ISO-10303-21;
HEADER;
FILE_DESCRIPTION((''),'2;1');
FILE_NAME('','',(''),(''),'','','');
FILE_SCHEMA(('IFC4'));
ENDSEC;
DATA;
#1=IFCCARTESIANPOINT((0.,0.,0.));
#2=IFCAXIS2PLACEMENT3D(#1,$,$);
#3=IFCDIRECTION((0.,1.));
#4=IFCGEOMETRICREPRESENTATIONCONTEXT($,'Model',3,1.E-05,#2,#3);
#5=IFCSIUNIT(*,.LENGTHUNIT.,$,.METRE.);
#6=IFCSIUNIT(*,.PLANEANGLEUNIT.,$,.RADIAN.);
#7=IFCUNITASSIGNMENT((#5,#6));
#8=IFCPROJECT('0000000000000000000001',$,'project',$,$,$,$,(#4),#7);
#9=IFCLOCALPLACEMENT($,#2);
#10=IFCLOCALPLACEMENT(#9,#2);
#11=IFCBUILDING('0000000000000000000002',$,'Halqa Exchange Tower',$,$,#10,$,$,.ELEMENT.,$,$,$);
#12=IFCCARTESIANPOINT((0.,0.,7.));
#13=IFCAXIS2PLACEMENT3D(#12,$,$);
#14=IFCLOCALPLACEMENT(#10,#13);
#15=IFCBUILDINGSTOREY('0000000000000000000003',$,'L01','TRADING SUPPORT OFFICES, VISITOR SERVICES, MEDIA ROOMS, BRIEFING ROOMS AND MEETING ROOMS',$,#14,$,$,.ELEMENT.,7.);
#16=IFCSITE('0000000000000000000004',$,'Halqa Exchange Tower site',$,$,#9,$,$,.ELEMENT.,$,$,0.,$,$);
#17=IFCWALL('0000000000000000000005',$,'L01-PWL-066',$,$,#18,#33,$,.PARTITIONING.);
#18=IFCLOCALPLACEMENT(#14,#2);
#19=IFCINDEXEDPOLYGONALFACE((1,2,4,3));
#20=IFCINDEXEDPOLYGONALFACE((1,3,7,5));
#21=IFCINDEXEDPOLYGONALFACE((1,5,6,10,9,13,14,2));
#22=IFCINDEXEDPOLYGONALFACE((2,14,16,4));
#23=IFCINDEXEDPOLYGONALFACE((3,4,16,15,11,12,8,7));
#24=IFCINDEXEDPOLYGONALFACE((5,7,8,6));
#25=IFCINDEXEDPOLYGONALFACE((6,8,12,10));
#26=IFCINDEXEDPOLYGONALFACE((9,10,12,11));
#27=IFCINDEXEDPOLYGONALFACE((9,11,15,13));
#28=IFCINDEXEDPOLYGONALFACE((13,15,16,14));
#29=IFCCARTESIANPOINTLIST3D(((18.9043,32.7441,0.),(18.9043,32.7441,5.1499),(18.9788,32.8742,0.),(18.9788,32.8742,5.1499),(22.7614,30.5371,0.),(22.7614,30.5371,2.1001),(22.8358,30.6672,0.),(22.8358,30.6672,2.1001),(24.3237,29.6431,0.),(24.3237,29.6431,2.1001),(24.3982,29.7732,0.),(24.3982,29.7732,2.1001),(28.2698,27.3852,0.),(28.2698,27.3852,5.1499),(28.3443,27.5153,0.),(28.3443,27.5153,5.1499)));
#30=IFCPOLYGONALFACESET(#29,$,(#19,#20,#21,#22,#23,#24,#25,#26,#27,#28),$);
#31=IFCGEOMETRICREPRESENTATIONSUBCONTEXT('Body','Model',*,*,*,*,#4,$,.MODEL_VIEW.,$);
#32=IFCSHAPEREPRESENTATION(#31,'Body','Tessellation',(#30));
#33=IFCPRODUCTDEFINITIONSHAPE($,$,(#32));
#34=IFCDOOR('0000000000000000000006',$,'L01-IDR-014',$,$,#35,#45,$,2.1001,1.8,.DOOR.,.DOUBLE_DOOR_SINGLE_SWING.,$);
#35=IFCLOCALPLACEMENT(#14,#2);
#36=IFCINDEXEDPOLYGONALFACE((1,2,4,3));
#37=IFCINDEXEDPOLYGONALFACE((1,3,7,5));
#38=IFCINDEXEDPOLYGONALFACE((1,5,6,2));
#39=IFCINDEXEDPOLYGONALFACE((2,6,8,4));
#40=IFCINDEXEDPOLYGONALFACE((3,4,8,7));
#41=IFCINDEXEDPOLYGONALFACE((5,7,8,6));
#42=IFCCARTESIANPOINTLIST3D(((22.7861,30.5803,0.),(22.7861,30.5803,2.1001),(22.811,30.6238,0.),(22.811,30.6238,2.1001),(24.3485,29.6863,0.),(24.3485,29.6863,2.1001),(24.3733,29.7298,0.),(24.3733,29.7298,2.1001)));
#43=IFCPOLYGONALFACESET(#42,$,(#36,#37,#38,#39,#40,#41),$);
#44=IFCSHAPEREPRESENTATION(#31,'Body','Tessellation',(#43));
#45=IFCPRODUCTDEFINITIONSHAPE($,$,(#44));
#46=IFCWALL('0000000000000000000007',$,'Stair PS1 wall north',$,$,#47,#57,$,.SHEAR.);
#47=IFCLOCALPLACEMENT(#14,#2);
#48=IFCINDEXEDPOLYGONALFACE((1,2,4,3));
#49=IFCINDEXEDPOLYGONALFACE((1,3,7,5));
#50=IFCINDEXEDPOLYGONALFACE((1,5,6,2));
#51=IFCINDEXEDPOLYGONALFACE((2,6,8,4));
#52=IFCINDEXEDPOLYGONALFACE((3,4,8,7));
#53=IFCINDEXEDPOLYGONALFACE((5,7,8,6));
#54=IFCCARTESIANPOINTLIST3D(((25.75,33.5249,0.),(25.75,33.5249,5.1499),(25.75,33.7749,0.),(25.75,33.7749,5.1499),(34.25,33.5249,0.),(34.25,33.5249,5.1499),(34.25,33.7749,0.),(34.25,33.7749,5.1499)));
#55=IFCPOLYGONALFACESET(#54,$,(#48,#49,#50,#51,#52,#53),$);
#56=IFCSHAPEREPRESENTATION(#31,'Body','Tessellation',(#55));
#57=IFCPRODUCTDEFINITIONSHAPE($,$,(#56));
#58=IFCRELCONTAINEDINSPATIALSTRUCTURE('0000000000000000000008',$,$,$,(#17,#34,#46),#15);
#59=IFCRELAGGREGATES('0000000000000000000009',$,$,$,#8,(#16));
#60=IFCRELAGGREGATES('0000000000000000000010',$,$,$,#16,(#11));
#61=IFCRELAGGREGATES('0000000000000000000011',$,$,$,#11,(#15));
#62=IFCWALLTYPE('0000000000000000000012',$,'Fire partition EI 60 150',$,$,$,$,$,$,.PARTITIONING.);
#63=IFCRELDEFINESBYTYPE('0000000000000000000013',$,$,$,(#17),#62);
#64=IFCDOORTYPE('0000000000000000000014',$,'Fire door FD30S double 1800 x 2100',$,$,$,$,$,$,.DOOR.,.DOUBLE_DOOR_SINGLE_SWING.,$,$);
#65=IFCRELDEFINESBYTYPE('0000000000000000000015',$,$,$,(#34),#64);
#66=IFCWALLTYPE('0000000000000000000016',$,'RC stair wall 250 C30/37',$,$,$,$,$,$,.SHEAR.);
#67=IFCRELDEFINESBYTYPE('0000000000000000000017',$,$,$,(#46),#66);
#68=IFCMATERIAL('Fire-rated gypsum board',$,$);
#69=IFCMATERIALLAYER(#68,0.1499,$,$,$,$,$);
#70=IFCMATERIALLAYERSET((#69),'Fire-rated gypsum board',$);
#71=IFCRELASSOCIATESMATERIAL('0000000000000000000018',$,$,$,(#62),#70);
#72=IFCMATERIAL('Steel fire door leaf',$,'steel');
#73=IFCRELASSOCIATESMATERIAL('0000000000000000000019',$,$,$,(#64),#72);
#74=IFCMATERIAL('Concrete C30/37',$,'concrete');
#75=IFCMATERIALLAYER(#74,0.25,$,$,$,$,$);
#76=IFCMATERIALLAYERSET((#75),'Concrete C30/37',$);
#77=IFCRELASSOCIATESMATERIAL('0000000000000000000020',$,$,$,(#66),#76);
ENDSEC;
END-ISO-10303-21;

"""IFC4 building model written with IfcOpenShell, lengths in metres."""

from ifc_helpers import new_model, si_unit, direction, frame, frame_2d, origin, place, context, subcontext, project, spatial, rectangle, extrude, material, layer, layer_set, type_object, element, fill, save


model = new_model("IFC4")

# Units and contexts
model_context = context("Model", 3, precision=1e-05, world=origin(), true_north=direction((0.0, 1.0)))
body_context = subcontext(model_context, "Body", "Model", "MODEL_VIEW")
ifc_project = project(units=[si_unit("LENGTHUNIT", "METRE"), si_unit("PLANEANGLEUNIT", "RADIAN")], contexts=[model_context])

# Site, building, storey
site_placement = place(None, origin())
site = spatial("IfcSite", under=ifc_project, at=site_placement, Name="Halqa Exchange Tower site", CompositionType="ELEMENT", RefElevation=0.0)
building_placement = place(site_placement, origin())
building = spatial("IfcBuilding", under=site, at=building_placement, Name="Halqa Exchange Tower", CompositionType="ELEMENT")
storey_placement = place(building_placement, frame((0.0, 0.0, 7.0)))
storey = spatial("IfcBuildingStorey", under=building, at=storey_placement, Name="L01", Description="TRADING SUPPORT OFFICES, VISITOR SERVICES, MEDIA ROOMS, BRIEFING ROOMS AND MEETING ROOMS", CompositionType="ELEMENT", Elevation=7.0)

# Shared definitions
ifc_material_1 = material(Name="Fire-rated gypsum board")
ifc_layer_1 = layer(ifc_material_1, 0.1499)
ifc_layer_set_1 = layer_set([ifc_layer_1], Name="Fire-rated gypsum board")
wall_type_1 = type_object("IfcWallType", Name="Fire partition EI 60 150", PredefinedType="PARTITIONING", material=ifc_layer_set_1)

# Wall, opening, door
wall_1_placement = place(storey_placement, frame((18.9417, 32.8091, 0.0), z_axis=(0.0, 0.0, 1.0), x_axis=(0.867956, -0.496641, 0.0)))
wall_1 = element("IfcWall", 1, at=wall_1_placement, inside=storey, type_object=wall_type_1, Name="L01-PWL-066", PredefinedType="PARTITIONING", context=body_context, shape_type="SweptSolid", body=[
    extrude(rectangle(XDim=10.7903, YDim=0.1499, at=frame_2d((5.395, 0.0))), origin(), (0.0, 0.0, 1.0), 5.1499),
])
opening_placement = place(wall_1_placement, frame((4.4438, 0.0, 0.0)))
opening = element("IfcOpeningElement", 2, at=opening_placement, cuts=wall_1, PredefinedType="OPENING", context=body_context, shape_type="SweptSolid", body=[
    extrude(rectangle(XDim=1.8, YDim=2.1001, at=frame_2d((0.8999, 1.05))), frame((0.0, 0.0869, 0.0), z_axis=(0.0, -1.0, 0.0), x_axis=(1.0, 0.0, 0.0)), (0.0, 0.0, 1.0), 0.1738),
])
ifc_material_2 = material(Name="Steel fire door leaf", Category="steel")
door_type = type_object("IfcDoorType", Name="Fire door FD30S double 1800 x 2100", OperationType="DOUBLE_DOOR_SINGLE_SWING", PredefinedType="DOOR", material=ifc_material_2)
door_placement = place(opening_placement, origin())
door = element("IfcDoor", 3, at=door_placement, inside=storey, type_object=door_type, Name="L01-IDR-014", OperationType="DOUBLE_DOOR_SINGLE_SWING", OverallHeight=2.1001, OverallWidth=1.8, PredefinedType="DOOR", context=body_context, shape_type="SweptSolid", body=[
    extrude(rectangle(XDim=1.8, YDim=2.1001, at=frame_2d((0.8999, 1.05))), frame((0.0, 0.0249, 0.0), z_axis=(0.0, -1.0, 0.0), x_axis=(1.0, 0.0, 0.0)), (0.0, 0.0, 1.0), 0.05),
])
fill(opening, door)

# Wall
ifc_material_3 = material(Name="Concrete C30/37", Category="concrete")
ifc_layer_2 = layer(ifc_material_3, 0.25)
ifc_layer_set_2 = layer_set([ifc_layer_2], Name="Concrete C30/37")
wall_type_2 = type_object("IfcWallType", Name="RC stair wall 250 C30/37", PredefinedType="SHEAR", material=ifc_layer_set_2)
wall_2_placement = place(storey_placement, frame((25.75, 33.6499, 0.0), z_axis=(0.0, 0.0, 1.0), x_axis=(1.0, 0.0, 0.0)))
element("IfcWall", 4, at=wall_2_placement, inside=storey, type_object=wall_type_2, Name="Stair PS1 wall north", PredefinedType="SHEAR", context=body_context, shape_type="SweptSolid", body=[
    extrude(rectangle(XDim=8.5, YDim=0.25, at=frame_2d((4.25, 0.0))), origin(), (0.0, 0.0, 1.0), 5.1499),
])

save(model, "model.ifc")
